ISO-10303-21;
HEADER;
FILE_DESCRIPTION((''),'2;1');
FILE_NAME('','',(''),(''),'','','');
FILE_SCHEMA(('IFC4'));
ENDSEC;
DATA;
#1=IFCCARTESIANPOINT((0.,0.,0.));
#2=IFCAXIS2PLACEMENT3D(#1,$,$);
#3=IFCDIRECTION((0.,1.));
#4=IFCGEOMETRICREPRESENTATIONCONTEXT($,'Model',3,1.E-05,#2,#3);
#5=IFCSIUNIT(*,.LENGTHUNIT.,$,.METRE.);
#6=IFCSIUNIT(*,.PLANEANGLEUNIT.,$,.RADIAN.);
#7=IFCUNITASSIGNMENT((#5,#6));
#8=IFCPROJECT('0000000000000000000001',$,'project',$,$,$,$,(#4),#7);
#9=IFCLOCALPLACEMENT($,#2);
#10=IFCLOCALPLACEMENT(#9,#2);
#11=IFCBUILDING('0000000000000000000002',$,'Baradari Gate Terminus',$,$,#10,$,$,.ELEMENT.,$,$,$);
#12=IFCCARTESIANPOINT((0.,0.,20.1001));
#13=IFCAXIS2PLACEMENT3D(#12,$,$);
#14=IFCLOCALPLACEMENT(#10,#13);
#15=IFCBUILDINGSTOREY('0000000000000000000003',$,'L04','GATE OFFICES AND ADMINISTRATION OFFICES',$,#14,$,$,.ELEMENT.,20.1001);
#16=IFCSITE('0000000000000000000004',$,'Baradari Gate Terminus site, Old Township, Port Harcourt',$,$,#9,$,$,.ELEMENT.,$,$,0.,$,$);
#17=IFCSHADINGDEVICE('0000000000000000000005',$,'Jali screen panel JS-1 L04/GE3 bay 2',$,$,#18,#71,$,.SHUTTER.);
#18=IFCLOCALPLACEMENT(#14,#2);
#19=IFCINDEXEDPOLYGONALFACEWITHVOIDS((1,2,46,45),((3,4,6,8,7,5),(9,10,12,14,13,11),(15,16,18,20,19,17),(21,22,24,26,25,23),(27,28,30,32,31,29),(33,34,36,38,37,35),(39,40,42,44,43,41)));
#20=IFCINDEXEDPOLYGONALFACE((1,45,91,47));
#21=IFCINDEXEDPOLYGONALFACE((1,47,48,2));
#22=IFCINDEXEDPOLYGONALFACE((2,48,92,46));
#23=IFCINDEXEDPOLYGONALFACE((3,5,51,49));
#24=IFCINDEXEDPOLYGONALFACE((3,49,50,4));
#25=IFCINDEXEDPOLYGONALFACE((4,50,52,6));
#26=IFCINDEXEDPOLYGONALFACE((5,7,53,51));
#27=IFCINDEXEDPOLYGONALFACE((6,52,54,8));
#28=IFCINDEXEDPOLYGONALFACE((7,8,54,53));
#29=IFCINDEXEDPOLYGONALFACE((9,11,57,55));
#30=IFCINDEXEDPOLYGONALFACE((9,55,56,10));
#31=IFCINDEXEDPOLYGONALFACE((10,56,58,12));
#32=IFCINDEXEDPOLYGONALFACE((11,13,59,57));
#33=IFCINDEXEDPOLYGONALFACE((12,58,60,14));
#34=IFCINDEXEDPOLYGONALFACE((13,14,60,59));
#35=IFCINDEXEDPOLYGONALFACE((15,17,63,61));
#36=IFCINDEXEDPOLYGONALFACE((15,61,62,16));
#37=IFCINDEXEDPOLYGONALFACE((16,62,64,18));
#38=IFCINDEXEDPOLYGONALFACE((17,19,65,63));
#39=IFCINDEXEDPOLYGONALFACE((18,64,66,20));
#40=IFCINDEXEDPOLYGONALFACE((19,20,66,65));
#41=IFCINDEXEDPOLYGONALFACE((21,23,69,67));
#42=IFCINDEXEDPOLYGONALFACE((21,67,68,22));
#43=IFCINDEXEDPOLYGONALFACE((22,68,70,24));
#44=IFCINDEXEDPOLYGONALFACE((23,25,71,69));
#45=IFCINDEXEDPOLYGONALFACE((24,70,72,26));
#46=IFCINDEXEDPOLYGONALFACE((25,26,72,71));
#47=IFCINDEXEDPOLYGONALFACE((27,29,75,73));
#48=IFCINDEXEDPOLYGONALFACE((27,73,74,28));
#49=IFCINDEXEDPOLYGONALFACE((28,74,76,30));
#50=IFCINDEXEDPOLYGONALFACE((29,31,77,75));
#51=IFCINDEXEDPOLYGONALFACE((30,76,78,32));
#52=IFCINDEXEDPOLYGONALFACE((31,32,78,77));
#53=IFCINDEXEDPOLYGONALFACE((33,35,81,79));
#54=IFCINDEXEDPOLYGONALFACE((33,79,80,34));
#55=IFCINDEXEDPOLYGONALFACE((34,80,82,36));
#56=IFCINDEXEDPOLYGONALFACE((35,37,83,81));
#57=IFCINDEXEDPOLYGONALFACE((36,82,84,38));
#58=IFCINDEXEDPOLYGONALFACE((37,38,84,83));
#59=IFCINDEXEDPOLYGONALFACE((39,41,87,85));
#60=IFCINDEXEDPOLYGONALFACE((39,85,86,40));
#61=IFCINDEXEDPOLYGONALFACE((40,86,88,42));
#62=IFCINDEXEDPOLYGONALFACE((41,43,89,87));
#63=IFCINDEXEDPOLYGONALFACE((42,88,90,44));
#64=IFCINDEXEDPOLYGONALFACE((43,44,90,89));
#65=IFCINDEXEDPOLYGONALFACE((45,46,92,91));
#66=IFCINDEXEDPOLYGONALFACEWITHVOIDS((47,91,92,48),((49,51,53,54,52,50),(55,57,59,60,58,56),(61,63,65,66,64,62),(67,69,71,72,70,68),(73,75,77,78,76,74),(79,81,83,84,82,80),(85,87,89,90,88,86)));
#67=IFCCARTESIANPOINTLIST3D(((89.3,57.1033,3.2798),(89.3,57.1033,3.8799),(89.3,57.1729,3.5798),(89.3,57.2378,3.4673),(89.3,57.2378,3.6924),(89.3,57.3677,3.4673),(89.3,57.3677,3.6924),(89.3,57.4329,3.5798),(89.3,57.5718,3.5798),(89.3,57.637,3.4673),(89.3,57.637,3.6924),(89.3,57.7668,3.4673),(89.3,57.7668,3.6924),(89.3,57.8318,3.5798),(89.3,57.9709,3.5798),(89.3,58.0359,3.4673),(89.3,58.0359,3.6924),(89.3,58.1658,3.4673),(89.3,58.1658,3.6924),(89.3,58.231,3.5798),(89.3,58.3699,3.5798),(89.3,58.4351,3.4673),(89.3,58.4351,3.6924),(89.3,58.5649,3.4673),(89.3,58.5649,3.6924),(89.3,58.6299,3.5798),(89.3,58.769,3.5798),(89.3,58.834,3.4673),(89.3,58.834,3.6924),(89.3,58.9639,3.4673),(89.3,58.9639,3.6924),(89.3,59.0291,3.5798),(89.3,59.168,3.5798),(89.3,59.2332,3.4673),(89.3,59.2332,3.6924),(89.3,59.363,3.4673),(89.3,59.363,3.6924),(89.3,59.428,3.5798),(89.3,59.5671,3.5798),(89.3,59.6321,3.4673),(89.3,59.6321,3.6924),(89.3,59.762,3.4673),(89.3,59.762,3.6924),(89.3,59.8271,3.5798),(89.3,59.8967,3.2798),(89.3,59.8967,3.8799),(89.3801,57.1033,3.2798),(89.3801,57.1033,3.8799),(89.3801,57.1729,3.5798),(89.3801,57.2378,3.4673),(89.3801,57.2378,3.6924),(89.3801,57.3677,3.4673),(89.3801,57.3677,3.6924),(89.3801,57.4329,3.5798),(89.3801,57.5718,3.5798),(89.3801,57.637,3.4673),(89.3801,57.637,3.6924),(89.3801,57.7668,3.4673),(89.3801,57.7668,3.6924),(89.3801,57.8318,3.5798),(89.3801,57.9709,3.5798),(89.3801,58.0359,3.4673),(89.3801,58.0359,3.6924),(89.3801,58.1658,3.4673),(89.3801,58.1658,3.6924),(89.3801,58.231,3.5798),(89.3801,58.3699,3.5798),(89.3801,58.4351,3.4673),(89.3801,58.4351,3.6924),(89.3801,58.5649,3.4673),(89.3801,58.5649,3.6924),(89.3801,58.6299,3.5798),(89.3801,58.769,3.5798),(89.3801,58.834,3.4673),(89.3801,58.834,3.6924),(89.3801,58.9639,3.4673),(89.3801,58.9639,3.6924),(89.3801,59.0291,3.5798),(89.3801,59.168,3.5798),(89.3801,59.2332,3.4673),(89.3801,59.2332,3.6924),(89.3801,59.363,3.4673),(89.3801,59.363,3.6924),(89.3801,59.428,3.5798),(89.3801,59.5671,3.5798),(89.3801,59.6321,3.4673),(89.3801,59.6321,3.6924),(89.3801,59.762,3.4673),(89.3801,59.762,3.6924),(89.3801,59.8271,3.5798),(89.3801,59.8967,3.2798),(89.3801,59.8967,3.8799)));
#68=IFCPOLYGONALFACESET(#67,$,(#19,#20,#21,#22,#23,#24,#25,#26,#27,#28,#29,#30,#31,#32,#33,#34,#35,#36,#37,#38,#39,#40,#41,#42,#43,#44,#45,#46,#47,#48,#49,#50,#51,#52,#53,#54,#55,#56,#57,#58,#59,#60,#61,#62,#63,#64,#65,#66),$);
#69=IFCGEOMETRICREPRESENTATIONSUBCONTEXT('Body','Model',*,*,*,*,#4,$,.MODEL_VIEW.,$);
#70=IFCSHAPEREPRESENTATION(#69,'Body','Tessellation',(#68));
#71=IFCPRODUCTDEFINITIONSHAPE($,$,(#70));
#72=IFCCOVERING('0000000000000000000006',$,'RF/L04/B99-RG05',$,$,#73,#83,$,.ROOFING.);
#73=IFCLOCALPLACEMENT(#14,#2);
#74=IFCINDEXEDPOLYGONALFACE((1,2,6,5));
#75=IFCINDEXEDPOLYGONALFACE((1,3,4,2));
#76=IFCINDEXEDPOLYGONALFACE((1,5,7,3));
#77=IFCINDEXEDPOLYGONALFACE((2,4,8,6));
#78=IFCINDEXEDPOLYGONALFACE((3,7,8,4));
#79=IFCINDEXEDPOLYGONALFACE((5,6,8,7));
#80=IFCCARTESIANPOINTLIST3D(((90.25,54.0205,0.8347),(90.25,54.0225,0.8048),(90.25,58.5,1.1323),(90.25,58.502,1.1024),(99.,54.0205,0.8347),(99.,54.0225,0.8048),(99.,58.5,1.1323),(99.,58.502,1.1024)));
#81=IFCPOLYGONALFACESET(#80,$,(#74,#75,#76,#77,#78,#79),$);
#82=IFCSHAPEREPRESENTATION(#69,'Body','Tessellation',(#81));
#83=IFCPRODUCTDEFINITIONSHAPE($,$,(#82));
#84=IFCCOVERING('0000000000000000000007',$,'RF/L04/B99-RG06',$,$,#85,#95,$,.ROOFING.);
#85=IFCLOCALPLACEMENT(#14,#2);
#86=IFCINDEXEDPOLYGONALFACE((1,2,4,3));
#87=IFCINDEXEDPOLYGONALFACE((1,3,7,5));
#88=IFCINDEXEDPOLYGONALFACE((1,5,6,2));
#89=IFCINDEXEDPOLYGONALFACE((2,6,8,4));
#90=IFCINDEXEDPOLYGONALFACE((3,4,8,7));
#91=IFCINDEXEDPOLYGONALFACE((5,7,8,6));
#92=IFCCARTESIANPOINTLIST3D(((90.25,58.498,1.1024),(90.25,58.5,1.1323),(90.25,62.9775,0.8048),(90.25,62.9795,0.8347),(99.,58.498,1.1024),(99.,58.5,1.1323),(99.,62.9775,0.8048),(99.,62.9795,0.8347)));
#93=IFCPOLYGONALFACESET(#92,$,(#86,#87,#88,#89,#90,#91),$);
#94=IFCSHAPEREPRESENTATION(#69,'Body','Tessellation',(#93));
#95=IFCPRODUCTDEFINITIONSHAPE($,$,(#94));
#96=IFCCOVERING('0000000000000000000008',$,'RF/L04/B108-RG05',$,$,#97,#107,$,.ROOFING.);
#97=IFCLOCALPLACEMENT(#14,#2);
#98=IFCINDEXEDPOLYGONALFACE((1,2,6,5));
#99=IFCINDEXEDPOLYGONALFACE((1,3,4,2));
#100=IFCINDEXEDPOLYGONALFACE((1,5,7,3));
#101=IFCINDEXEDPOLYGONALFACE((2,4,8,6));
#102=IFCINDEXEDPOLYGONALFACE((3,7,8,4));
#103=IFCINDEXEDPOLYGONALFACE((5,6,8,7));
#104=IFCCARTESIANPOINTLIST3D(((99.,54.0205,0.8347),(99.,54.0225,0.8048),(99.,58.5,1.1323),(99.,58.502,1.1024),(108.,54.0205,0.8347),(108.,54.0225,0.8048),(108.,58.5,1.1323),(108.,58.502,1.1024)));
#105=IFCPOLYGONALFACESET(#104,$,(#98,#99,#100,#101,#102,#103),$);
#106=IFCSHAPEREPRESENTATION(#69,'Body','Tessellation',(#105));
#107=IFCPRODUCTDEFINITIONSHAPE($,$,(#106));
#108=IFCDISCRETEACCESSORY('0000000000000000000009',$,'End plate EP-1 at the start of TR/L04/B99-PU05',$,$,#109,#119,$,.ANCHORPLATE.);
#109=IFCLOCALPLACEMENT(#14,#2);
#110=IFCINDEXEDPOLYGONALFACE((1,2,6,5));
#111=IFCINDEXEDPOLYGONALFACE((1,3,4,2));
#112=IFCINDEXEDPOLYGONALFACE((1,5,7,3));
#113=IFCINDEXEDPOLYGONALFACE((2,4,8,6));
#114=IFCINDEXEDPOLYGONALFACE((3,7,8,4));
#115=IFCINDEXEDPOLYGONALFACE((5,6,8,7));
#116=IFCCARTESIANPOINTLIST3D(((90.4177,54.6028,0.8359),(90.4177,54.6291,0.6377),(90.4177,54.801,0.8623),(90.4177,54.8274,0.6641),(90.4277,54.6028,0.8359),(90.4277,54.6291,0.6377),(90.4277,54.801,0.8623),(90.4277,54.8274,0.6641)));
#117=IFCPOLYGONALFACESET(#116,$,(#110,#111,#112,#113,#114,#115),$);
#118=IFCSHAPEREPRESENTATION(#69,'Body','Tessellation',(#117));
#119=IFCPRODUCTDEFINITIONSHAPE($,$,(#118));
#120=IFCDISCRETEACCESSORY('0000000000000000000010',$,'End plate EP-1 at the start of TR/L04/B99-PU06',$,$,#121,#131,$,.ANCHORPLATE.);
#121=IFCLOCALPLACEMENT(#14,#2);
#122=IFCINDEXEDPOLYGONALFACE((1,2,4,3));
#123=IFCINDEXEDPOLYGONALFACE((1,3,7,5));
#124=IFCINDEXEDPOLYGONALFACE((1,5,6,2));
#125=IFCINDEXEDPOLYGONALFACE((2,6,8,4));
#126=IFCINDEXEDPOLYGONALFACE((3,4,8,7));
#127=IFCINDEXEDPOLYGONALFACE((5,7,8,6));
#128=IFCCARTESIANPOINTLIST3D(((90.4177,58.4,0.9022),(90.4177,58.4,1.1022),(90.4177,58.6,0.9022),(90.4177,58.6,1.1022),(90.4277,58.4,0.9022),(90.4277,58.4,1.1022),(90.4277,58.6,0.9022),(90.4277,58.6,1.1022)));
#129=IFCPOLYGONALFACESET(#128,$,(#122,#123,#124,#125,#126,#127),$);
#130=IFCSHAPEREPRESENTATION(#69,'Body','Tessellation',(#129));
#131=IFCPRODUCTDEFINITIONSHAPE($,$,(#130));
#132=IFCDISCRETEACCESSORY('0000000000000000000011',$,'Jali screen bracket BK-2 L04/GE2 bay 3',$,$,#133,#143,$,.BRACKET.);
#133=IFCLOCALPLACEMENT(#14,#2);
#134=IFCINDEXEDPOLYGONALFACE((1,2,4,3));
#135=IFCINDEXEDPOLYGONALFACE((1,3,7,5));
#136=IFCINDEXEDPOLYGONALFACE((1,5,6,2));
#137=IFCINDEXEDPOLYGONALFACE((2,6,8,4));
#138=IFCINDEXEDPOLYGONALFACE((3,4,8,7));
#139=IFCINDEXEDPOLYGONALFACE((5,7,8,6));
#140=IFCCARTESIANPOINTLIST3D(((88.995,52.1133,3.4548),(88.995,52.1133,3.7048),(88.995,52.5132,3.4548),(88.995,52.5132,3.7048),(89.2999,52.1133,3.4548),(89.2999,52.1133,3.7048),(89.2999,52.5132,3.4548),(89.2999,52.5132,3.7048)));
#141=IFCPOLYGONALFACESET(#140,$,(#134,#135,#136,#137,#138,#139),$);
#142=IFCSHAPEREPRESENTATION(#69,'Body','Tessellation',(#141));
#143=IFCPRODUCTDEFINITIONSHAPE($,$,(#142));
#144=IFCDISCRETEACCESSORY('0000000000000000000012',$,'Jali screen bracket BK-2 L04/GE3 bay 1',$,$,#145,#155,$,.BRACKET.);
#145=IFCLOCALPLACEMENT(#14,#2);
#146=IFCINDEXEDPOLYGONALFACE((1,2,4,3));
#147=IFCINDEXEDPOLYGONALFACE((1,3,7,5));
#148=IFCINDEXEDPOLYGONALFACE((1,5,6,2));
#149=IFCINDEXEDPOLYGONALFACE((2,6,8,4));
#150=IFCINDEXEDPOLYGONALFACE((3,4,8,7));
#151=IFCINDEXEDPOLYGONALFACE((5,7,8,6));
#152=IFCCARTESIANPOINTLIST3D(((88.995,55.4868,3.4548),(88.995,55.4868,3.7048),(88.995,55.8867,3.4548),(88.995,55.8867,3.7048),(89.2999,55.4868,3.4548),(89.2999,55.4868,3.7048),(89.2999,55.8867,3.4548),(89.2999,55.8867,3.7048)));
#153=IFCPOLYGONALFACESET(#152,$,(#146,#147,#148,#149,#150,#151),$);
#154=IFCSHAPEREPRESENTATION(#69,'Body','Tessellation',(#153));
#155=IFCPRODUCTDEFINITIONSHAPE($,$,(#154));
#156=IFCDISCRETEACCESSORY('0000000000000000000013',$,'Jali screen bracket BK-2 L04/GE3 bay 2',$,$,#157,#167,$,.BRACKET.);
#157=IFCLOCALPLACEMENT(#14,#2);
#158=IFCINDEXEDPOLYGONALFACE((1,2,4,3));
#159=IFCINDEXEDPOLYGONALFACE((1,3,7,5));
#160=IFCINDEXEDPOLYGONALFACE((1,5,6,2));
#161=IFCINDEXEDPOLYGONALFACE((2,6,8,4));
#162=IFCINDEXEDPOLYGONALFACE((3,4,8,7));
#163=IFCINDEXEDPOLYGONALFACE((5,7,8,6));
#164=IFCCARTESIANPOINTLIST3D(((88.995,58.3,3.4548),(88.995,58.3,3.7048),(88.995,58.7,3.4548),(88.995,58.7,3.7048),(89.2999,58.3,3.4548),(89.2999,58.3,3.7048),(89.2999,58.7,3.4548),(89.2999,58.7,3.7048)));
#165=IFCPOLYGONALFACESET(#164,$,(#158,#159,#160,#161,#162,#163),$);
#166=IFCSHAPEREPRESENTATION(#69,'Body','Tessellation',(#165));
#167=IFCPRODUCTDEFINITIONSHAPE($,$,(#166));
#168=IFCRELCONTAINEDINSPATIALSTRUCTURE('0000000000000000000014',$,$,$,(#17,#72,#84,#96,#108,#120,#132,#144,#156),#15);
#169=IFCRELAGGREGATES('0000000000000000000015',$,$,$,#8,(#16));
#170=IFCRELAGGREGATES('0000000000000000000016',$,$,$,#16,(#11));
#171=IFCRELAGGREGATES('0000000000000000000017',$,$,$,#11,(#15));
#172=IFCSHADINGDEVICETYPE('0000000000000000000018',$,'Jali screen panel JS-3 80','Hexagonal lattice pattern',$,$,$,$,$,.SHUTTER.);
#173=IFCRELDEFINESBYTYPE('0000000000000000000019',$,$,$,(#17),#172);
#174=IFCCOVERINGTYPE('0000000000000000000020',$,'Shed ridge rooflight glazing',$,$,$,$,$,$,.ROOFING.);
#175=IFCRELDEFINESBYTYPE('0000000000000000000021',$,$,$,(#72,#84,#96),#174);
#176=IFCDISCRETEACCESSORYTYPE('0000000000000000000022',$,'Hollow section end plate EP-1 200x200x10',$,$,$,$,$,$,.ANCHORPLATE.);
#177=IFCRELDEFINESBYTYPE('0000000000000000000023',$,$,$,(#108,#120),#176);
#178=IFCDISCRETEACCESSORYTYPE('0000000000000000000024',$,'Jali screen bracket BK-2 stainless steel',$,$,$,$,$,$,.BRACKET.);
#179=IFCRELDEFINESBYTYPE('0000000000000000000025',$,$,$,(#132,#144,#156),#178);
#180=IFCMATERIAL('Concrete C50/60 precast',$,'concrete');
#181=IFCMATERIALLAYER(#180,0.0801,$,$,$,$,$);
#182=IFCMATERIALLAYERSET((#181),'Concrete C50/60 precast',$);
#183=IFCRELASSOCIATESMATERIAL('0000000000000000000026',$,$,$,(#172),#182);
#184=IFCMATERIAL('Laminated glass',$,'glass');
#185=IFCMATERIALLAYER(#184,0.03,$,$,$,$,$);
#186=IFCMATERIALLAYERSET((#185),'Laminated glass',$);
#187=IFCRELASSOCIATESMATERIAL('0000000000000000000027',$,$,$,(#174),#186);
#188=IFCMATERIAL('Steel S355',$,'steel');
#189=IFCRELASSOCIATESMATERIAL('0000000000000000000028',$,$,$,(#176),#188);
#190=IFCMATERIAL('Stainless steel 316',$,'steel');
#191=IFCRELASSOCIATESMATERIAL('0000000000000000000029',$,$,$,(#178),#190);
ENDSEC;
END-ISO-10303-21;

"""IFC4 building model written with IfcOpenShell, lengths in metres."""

from ifc_helpers import new_model, si_unit, direction, frame, origin, origin_2d, place, context, subcontext, project, spatial, polyline, rectangle, outline, extrude, material, layer, layer_set, type_object, element, save


model = new_model("IFC4")

# Units and contexts
model_context = context("Model", 3, precision=1e-05, world=origin(), true_north=direction((0.0, 1.0)))
body_context = subcontext(model_context, "Body", "Model", "MODEL_VIEW")
ifc_project = project(units=[si_unit("LENGTHUNIT", "METRE"), si_unit("PLANEANGLEUNIT", "RADIAN")], contexts=[model_context])

# Site, building, storey
site_placement = place(None, origin())
site = spatial("IfcSite", under=ifc_project, at=site_placement, Name="Baradari Gate Terminus site, Old Township, Port Harcourt", CompositionType="ELEMENT", RefElevation=0.0)
building_placement = place(site_placement, origin())
building = spatial("IfcBuilding", under=site, at=building_placement, Name="Baradari Gate Terminus", CompositionType="ELEMENT")
storey_placement = place(building_placement, frame((0.0, 0.0, 20.1001)))
storey = spatial("IfcBuildingStorey", under=building, at=storey_placement, Name="L04", Description="GATE OFFICES AND ADMINISTRATION OFFICES", CompositionType="ELEMENT", Elevation=20.1001)

# Shading device
ifc_material_1 = material(Name="Concrete C50/60 precast", Category="concrete")
ifc_layer_1 = layer(ifc_material_1, 0.0801)
ifc_layer_set_1 = layer_set([ifc_layer_1], Name="Concrete C50/60 precast")
shading_device_type = type_object("IfcShadingDeviceType", Name="Jali screen panel JS-3 80", Description="Hexagonal lattice pattern", PredefinedType="SHUTTER", material=ifc_layer_set_1)
shading_device_1_placement = place(storey_placement, frame((89.3401, 57.1033, 3.2798), z_axis=(0.0, 0.0, 1.0), x_axis=(0.0, 1.0, 0.0)))
element("IfcShadingDevice", 1, at=shading_device_1_placement, inside=storey, type_object=shading_device_type, Name="Jali screen panel JS-1 L04/GE3 bay 2", PredefinedType="SHUTTER", context=body_context, shape_type="SweptSolid", body=[
    extrude(outline(polyline([(0.0, 0.0), (2.7935, 0.0), (2.7935, 0.6001), (0.0, 0.6001), (0.0, 0.0)]), holes=[polyline([(0.3296, 0.3), (0.2644, 0.1875), (0.1345, 0.1875), (0.0696, 0.3), (0.1345, 0.4126), (0.2644, 0.4126), (0.3296, 0.3)]), polyline([(0.7285, 0.3), (0.6636, 0.1875), (0.5337, 0.1875), (0.4685, 0.3), (0.5337, 0.4126), (0.6636, 0.4126), (0.7285, 0.3)]), polyline([(1.1277, 0.3), (1.0625, 0.1875), (0.9326, 0.1875), (0.8677, 0.3), (0.9326, 0.4126), (1.0625, 0.4126), (1.1277, 0.3)]), polyline([(1.5266, 0.3), (1.4617, 0.1875), (1.3318, 0.1875), (1.2666, 0.3), (1.3318, 0.4126), (1.4617, 0.4126), (1.5266, 0.3)]), polyline([(1.9258, 0.3), (1.8606, 0.1875), (1.7307, 0.1875), (1.6658, 0.3), (1.7307, 0.4126), (1.8606, 0.4126), (1.9258, 0.3)]), polyline([(2.3247, 0.3), (2.2598, 0.1875), (2.1299, 0.1875), (2.0647, 0.3), (2.1299, 0.4126), (2.2598, 0.4126), (2.3247, 0.3)]), polyline([(2.7239, 0.3), (2.6587, 0.1875), (2.5288, 0.1875), (2.4639, 0.3), (2.5288, 0.4126), (2.6587, 0.4126), (2.7239, 0.3)])]), frame((0.0, 0.04, 0.0), z_axis=(0.0, -1.0, 0.0), x_axis=(1.0, 0.0, 0.0)), (0.0, 0.0, 1.0), 0.0801),
])

# Coverings
ifc_material_2 = material(Name="Laminated glass", Category="glass")
ifc_layer_2 = layer(ifc_material_2, 0.03)
ifc_layer_set_2 = layer_set([ifc_layer_2], Name="Laminated glass")
covering_type = type_object("IfcCoveringType", Name="Shed ridge rooflight glazing", PredefinedType="ROOFING", material=ifc_layer_set_2)
for number, where, z_axis, x_axis, name in (
    (2, (90.25, 54.0205, 0.8347), (0.0, -0.066292, 0.9978), (1.0, 0.0, 0.0), "RF/L04/B99-RG05"),
    (3, (90.25, 58.5, 1.1323), (0.0, 0.066292, 0.9978), (1.0, 0.0, 0.0), "RF/L04/B99-RG06"),
):
    element("IfcCovering", number, at=place(storey_placement, frame(where, z_axis=z_axis, x_axis=x_axis)), inside=storey, type_object=covering_type, Name=name, PredefinedType="ROOFING", context=body_context, shape_type="SweptSolid", body=[
        extrude(outline(polyline([(0.0, 0.0), (8.75, 0.0), (8.75, 4.4894), (0.0, 4.4894), (0.0, 0.0)])), origin(), (0.0, 0.0, -1.0), 0.03),
    ])
covering_placement = place(storey_placement, frame((99.0, 54.0205, 0.8347), z_axis=(0.0, -0.066292, 0.9978), x_axis=(1.0, 0.0, 0.0)))
element("IfcCovering", 4, at=covering_placement, inside=storey, type_object=covering_type, Name="RF/L04/B108-RG05", PredefinedType="ROOFING", context=body_context, shape_type="SweptSolid", body=[
    extrude(outline(polyline([(0.0, 0.0), (9.0, 0.0), (9.0, 4.4894), (0.0, 4.4894), (0.0, 0.0)])), origin(), (0.0, 0.0, -1.0), 0.03),
])

# Discrete accessories
ifc_material_3 = material(Name="Steel S355", Category="steel")
discrete_accessory_type_1 = type_object("IfcDiscreteAccessoryType", Name="Hollow section end plate EP-1 200x200x10", PredefinedType="ANCHORPLATE", material=ifc_material_3)
for number, where, z_axis, x_axis, name in (
    (5, (90.4177, 54.7151, 0.75), (1.0, 0.0, 0.0), (0.0, 0.991303, 0.131599), "End plate EP-1 at the start of TR/L04/B99-PU05"),
    (6, (90.4177, 58.5, 1.0022), (1.0, 0.0, 0.0), (0.0, 1.0, 0.0), "End plate EP-1 at the start of TR/L04/B99-PU06"),
):
    element("IfcDiscreteAccessory", number, at=place(storey_placement, frame(where, z_axis=z_axis, x_axis=x_axis)), inside=storey, type_object=discrete_accessory_type_1, Name=name, PredefinedType="ANCHORPLATE", context=body_context, shape_type="SweptSolid", body=[
        extrude(rectangle(XDim=0.2, YDim=0.2, at=origin_2d()), origin(), (0.0, 0.0, 1.0), 0.01),
    ])
ifc_material_4 = material(Name="Stainless steel 316", Category="steel")
discrete_accessory_type_2 = type_object("IfcDiscreteAccessoryType", Name="Jali screen bracket BK-2 stainless steel", PredefinedType="BRACKET", material=ifc_material_4)
for number, where, z_axis, x_axis, name in (
    (7, (89.1475, 52.3132, 3.4548), (0.0, 0.0, 1.0), (1.0, 0.0, 0.0), "Jali screen bracket BK-2 L04/GE2 bay 3"),
    (8, (89.1475, 55.6868, 3.4548), (0.0, 0.0, 1.0), (1.0, 0.0, 0.0), "Jali screen bracket BK-2 L04/GE3 bay 1"),
    (9, (89.1475, 58.5, 3.4548), (0.0, 0.0, 1.0), (1.0, 0.0, 0.0), "Jali screen bracket BK-2 L04/GE3 bay 2"),
):
    element("IfcDiscreteAccessory", number, at=place(storey_placement, frame(where, z_axis=z_axis, x_axis=x_axis)), inside=storey, type_object=discrete_accessory_type_2, Name=name, PredefinedType="BRACKET", context=body_context, shape_type="SweptSolid", body=[
        extrude(rectangle(XDim=0.3049, YDim=0.3999, at=origin_2d()), origin(), (0.0, 0.0, 1.0), 0.25),
    ])

save(model, "model.ifc")
